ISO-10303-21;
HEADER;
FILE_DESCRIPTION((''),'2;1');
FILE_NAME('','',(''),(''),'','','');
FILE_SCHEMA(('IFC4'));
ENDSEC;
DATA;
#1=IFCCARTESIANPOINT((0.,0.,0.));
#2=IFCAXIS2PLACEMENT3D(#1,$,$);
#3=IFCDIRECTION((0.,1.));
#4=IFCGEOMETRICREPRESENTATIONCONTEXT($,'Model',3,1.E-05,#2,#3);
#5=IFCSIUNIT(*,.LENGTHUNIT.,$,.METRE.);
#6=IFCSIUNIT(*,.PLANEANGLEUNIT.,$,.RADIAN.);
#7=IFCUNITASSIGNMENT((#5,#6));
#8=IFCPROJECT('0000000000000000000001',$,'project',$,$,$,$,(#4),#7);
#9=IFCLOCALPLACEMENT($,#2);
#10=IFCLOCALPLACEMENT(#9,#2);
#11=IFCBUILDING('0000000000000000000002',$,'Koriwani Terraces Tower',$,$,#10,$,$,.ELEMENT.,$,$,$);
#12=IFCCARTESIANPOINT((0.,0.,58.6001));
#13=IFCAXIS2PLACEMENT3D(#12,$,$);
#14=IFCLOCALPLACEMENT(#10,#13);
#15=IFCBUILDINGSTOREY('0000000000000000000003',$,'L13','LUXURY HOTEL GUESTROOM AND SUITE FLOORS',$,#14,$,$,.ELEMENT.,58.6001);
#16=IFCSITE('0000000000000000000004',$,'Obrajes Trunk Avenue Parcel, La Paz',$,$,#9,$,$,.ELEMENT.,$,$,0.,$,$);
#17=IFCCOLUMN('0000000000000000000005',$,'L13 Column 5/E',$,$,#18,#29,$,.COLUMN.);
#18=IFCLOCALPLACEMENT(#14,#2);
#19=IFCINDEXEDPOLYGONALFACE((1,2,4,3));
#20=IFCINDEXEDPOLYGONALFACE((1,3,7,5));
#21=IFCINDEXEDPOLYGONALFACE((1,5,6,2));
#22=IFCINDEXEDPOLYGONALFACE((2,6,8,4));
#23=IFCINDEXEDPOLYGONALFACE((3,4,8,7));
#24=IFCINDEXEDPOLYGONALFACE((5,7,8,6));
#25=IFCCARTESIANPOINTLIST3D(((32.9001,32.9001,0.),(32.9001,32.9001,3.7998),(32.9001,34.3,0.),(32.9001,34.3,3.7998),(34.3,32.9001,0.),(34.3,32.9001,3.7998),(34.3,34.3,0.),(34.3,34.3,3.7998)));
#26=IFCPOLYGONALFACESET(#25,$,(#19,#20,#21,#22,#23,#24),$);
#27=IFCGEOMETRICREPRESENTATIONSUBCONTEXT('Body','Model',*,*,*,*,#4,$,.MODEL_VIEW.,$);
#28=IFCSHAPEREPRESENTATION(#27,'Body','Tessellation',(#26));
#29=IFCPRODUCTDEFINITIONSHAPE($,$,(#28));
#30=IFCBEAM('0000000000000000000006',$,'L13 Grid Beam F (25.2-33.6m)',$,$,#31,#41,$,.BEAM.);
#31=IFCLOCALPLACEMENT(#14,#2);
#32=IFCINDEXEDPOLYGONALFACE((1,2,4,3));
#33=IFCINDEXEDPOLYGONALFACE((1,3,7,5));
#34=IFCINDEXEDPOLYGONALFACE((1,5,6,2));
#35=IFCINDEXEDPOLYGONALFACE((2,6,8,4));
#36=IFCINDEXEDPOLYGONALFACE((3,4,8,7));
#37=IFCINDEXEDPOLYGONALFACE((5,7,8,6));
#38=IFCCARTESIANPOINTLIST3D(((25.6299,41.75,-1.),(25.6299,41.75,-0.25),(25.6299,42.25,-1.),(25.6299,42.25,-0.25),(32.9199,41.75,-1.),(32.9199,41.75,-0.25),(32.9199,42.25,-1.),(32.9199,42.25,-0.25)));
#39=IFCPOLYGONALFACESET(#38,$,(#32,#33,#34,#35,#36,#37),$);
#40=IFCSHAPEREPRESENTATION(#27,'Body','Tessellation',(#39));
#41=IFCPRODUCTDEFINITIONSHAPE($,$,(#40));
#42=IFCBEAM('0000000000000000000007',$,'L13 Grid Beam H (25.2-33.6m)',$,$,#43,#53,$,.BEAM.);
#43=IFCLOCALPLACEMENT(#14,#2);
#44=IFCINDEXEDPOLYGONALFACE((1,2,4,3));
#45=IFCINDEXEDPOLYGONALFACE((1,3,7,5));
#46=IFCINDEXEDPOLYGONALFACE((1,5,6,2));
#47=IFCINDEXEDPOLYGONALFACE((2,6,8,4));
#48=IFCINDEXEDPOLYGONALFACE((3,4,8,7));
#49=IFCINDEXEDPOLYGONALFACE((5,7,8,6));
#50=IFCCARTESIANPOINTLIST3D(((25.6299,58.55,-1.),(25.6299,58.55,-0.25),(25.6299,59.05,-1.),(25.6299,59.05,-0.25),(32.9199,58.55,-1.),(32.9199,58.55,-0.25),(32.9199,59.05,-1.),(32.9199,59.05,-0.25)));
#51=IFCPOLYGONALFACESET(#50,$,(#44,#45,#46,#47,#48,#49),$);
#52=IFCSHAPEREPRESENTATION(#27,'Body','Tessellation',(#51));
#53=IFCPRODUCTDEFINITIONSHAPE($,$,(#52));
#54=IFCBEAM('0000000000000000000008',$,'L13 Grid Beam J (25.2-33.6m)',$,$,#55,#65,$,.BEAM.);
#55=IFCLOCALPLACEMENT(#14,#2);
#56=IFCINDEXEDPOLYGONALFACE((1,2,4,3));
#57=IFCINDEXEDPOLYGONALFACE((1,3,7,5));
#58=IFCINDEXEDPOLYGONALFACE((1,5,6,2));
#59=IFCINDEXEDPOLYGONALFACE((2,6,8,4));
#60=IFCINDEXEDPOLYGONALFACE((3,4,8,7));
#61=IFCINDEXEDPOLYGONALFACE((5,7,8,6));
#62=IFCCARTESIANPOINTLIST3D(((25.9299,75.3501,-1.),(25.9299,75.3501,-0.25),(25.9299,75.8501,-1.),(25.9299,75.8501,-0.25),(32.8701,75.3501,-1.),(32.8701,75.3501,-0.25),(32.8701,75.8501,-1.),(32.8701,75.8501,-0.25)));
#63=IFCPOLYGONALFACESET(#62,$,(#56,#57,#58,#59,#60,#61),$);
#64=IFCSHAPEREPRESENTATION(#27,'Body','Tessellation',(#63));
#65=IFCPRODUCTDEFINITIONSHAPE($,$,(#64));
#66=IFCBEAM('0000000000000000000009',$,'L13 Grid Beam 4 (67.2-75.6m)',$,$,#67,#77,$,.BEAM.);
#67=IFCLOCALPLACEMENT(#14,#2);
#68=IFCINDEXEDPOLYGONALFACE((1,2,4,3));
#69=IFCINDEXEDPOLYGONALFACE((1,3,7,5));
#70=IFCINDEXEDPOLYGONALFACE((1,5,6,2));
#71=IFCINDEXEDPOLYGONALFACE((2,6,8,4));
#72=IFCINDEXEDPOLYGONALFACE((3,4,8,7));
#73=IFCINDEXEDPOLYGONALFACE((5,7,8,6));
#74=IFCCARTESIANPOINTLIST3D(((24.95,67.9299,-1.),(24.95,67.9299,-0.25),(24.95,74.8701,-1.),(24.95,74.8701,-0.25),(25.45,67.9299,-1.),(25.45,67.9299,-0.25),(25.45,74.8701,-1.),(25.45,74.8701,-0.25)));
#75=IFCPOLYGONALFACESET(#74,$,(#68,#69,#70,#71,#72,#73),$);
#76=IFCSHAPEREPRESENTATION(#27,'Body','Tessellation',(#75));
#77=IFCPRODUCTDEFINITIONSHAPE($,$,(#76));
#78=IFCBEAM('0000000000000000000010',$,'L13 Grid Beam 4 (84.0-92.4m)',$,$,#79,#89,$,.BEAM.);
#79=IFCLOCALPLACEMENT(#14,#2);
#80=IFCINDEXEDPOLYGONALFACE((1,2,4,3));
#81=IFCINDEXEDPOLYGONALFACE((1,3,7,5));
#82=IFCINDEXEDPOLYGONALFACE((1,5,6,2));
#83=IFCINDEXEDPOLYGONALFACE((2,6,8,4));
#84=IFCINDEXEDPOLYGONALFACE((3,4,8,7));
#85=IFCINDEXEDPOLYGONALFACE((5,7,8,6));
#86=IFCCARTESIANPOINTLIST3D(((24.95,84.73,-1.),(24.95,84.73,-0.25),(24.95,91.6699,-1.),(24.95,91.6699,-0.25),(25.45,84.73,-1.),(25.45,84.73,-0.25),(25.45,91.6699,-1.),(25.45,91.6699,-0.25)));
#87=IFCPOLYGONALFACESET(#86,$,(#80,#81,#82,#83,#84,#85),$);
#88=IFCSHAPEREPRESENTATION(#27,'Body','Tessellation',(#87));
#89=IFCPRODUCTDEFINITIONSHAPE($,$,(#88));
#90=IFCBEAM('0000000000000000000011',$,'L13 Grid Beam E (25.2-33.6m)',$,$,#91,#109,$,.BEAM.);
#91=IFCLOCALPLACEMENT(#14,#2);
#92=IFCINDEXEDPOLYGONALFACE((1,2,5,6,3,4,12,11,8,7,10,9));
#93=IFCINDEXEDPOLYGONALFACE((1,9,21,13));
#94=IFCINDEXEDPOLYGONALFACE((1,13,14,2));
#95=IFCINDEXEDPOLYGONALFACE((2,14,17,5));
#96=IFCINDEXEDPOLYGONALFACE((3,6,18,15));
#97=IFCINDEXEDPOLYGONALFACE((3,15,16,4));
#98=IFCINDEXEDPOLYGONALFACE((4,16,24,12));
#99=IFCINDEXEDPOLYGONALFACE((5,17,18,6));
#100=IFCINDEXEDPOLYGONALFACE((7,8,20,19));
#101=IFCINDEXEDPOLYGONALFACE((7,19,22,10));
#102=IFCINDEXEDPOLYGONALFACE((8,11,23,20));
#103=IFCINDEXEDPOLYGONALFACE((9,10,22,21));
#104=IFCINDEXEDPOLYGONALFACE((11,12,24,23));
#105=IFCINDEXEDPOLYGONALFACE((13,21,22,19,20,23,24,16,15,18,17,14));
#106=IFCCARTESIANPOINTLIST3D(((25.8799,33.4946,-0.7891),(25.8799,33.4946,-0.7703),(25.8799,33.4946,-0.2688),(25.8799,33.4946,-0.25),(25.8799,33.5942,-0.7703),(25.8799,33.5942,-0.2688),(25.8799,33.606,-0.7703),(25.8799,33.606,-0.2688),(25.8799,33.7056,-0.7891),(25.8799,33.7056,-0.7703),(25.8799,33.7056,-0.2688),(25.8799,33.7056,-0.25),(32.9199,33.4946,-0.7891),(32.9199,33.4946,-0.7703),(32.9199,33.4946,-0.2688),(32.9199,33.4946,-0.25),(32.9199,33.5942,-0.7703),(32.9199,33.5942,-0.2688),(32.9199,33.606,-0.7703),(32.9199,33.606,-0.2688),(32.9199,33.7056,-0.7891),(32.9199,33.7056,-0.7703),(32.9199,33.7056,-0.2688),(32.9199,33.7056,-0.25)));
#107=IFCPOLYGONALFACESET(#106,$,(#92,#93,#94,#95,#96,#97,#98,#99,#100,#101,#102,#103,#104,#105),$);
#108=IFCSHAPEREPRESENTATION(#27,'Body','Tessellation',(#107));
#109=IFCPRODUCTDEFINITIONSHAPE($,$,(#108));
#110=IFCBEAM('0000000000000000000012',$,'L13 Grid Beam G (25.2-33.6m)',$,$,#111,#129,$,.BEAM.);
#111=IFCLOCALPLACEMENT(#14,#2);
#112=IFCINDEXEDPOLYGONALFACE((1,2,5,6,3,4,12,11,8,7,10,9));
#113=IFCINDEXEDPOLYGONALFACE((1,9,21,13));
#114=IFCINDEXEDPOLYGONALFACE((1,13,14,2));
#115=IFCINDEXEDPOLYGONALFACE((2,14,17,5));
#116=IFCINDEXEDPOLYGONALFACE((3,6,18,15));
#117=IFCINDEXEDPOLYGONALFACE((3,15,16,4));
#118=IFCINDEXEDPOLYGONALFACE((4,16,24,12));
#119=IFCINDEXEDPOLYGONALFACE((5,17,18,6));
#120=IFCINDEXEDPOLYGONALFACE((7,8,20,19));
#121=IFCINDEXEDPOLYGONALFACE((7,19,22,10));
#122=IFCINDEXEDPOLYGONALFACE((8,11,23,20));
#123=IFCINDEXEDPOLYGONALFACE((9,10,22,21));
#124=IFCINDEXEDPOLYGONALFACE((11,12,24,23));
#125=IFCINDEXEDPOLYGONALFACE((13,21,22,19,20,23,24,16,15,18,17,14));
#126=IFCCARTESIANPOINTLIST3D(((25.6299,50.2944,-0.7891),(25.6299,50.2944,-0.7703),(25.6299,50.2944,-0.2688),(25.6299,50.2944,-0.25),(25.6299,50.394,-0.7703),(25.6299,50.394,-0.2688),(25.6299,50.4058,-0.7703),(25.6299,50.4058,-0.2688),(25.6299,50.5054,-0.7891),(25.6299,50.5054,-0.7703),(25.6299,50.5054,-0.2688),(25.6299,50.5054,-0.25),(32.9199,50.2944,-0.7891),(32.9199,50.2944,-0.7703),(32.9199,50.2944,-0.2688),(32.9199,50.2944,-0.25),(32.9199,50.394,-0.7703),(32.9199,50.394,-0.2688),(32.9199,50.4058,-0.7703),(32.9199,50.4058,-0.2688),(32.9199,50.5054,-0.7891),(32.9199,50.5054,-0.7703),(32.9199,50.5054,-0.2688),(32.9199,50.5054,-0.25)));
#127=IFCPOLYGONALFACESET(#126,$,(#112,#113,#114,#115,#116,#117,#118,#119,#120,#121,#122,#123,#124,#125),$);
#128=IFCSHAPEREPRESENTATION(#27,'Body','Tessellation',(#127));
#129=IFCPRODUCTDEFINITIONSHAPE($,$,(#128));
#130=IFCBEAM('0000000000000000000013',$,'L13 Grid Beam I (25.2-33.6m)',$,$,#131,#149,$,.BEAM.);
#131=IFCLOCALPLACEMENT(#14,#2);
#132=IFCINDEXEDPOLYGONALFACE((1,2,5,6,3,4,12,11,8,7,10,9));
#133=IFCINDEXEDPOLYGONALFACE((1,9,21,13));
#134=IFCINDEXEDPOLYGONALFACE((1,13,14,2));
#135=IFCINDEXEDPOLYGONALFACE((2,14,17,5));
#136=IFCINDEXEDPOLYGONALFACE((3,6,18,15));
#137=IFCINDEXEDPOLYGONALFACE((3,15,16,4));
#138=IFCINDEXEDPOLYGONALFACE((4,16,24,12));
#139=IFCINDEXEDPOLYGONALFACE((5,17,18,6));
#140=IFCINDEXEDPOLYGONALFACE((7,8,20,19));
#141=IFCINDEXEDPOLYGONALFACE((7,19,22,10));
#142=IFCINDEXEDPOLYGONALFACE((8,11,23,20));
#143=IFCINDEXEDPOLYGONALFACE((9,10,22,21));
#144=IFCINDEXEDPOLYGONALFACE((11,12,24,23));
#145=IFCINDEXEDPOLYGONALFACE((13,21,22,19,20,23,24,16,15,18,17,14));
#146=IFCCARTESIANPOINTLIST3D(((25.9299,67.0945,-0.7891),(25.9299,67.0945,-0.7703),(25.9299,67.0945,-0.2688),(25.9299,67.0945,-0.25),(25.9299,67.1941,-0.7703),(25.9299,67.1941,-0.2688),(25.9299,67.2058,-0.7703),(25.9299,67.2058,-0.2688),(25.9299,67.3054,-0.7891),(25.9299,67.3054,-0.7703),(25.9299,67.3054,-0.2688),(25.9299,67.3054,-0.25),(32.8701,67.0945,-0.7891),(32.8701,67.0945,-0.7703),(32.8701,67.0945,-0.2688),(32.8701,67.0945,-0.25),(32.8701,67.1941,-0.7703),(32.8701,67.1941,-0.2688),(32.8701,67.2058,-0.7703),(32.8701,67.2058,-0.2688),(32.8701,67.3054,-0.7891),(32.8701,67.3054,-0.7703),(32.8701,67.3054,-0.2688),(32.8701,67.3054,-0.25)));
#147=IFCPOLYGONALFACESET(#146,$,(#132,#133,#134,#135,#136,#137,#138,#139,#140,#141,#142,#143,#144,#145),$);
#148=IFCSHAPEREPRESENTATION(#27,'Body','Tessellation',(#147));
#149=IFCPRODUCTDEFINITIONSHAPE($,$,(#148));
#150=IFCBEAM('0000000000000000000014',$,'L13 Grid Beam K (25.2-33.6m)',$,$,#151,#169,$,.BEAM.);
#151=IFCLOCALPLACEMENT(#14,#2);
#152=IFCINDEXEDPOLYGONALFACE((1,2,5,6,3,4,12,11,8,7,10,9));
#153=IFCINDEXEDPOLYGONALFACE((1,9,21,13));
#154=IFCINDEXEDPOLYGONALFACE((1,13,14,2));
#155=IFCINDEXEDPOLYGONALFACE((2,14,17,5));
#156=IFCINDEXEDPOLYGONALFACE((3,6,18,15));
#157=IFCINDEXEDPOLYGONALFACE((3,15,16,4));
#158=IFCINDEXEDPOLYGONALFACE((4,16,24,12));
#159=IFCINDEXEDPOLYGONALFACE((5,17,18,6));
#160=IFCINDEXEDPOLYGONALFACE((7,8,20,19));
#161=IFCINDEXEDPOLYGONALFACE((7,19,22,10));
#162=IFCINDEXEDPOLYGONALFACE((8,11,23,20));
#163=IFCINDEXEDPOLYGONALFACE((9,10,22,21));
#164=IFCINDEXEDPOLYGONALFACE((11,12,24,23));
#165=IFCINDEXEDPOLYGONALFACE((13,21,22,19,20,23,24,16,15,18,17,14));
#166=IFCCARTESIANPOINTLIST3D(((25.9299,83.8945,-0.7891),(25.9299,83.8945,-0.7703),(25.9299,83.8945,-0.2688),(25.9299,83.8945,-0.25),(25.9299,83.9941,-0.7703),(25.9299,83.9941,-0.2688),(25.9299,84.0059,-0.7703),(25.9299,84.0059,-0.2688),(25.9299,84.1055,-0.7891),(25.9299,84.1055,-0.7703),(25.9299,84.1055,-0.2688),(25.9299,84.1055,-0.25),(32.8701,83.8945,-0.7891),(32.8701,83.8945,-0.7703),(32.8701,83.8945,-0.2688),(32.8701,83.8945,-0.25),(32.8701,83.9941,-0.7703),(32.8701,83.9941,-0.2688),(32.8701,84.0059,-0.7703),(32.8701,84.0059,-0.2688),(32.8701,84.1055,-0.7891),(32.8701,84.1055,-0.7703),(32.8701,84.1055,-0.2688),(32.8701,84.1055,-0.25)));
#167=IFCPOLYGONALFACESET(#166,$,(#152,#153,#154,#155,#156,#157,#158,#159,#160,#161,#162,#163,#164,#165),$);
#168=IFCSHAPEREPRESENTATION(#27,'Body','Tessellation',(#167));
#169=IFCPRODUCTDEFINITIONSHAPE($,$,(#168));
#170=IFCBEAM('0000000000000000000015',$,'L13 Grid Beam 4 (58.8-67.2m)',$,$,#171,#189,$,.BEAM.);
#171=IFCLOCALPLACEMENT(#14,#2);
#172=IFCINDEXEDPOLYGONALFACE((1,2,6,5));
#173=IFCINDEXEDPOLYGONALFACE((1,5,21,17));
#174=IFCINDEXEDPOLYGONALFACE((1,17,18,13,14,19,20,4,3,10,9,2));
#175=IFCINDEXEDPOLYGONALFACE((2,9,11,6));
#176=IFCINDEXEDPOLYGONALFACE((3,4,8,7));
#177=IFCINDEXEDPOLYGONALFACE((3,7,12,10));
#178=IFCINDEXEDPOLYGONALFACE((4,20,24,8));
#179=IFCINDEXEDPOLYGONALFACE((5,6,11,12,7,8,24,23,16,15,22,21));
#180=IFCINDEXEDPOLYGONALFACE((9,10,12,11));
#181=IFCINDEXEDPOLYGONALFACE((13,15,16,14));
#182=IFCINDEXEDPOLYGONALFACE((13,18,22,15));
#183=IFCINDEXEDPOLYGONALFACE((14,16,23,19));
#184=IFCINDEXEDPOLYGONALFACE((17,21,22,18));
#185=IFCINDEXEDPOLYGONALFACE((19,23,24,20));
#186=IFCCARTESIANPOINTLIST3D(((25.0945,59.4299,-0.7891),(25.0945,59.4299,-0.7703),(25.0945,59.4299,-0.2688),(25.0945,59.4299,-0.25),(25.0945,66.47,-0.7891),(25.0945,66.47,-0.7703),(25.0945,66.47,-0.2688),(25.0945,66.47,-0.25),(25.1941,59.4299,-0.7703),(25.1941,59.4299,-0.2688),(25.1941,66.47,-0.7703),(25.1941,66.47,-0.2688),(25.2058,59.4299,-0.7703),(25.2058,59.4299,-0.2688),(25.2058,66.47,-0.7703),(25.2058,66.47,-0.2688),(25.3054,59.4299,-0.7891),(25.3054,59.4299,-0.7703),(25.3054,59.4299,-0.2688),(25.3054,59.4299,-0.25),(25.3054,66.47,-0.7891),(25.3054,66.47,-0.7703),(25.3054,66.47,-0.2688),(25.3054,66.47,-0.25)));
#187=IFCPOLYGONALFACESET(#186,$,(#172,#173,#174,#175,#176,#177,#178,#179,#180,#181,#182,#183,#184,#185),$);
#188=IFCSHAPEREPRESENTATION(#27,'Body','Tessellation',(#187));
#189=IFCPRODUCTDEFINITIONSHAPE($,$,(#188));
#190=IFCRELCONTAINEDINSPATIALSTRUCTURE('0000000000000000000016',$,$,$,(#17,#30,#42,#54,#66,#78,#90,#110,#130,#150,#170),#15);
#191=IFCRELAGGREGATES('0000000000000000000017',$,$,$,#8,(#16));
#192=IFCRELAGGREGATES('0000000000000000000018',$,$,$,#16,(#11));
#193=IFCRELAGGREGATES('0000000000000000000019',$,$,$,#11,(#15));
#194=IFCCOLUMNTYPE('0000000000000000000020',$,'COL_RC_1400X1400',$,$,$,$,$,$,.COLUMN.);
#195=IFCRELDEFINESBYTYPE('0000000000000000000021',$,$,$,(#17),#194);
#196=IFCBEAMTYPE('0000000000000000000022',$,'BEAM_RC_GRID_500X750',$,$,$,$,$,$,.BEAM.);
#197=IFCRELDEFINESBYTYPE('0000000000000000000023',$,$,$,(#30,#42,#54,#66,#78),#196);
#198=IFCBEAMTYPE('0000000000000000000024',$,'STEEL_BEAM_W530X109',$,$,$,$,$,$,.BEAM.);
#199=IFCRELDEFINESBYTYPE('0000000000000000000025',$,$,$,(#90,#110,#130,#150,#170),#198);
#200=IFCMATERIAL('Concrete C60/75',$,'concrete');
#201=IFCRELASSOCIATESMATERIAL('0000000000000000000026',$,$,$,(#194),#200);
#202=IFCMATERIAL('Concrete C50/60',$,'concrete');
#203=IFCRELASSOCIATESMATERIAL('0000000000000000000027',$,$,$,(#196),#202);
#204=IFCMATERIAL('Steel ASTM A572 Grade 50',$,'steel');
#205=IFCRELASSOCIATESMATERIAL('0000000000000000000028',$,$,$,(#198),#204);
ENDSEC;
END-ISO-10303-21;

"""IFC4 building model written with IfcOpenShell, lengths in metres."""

from ifc_helpers import new_model, si_unit, direction, frame, origin, origin_2d, place, context, subcontext, project, spatial, rectangle, i_section, extrude, material, material_profile, profile_set, type_object, element, save


model = new_model("IFC4")

# Units and contexts
model_context = context("Model", 3, precision=1e-05, world=origin(), true_north=direction((0.0, 1.0)))
body_context = subcontext(model_context, "Body", "Model", "MODEL_VIEW")
ifc_project = project(units=[si_unit("LENGTHUNIT", "METRE"), si_unit("PLANEANGLEUNIT", "RADIAN")], contexts=[model_context])

# Site, building, storey
site_placement = place(None, origin())
site = spatial("IfcSite", under=ifc_project, at=site_placement, Name="Obrajes Trunk Avenue Parcel, La Paz", CompositionType="ELEMENT", RefElevation=0.0)
building_placement = place(site_placement, origin())
building = spatial("IfcBuilding", under=site, at=building_placement, Name="Koriwani Terraces Tower", CompositionType="ELEMENT")
storey_placement = place(building_placement, frame((0.0, 0.0, 58.6001)))
storey = spatial("IfcBuildingStorey", under=building, at=storey_placement, Name="L13", Description="LUXURY HOTEL GUESTROOM AND SUITE FLOORS", CompositionType="ELEMENT", Elevation=58.6001)

# Column
ifc_material_1 = material(Name="Concrete C60/75", Category="concrete")
ifc_material_profile_1 = material_profile(ifc_material_1, rectangle(XDim=1.3999, YDim=1.3999, at=origin_2d()), Name="Concrete C60/75", Category="LoadBearing")
ifc_profile_set_1 = profile_set([ifc_material_profile_1], Name="Concrete C60/75")
column_type = type_object("IfcColumnType", Name="COL_RC_1400X1400", PredefinedType="COLUMN", material=ifc_profile_set_1)
column_placement = place(storey_placement, frame((33.6001, 33.6001, 0.0), z_axis=(0.0, 0.0, 1.0), x_axis=(1.0, 0.0, 0.0)))
element("IfcColumn", 1, at=column_placement, inside=storey, type_object=column_type, Name="L13 Column 5/E", PredefinedType="COLUMN", context=body_context, shape_type="SweptSolid", body=[
    extrude(rectangle(XDim=1.3999, YDim=1.3999, at=origin_2d()), origin(), (0.0, 0.0, 1.0), 3.7998),
])

# Beams
ifc_material_2 = material(Name="Concrete C50/60", Category="concrete")
ifc_material_profile_2 = material_profile(ifc_material_2, rectangle(XDim=0.5, YDim=0.75, at=origin_2d()), Name="Concrete C50/60", Category="LoadBearing")
ifc_profile_set_2 = profile_set([ifc_material_profile_2], Name="Concrete C50/60")
beam_type_1 = type_object("IfcBeamType", Name="BEAM_RC_GRID_500X750", PredefinedType="BEAM", material=ifc_profile_set_2)
for number, where, z_axis, x_axis, name in (
    (2, (25.6299, 42.0, -0.625), (1.0, 0.0, 0.0), (0.0, 1.0, 0.0), "L13 Grid Beam F (25.2-33.6m)"),
    (3, (25.6299, 58.8, -0.625), (1.0, 0.0, 0.0), (0.0, 1.0, 0.0), "L13 Grid Beam H (25.2-33.6m)"),
):
    element("IfcBeam", number, at=place(storey_placement, frame(where, z_axis=z_axis, x_axis=x_axis)), inside=storey, type_object=beam_type_1, Name=name, PredefinedType="BEAM", context=body_context, shape_type="SweptSolid", body=[
        extrude(rectangle(XDim=0.5, YDim=0.75, at=origin_2d()), origin(), (0.0, 0.0, 1.0), 7.29),
    ])
for number, where, z_axis, x_axis, name in (
    (4, (25.9299, 75.6001, -0.625), (1.0, 0.0, 0.0), (0.0, 1.0, 0.0), "L13 Grid Beam J (25.2-33.6m)"),
    (5, (25.2, 67.9299, -0.625), (0.0, 1.0, 0.0), (-1.0, 0.0, 0.0), "L13 Grid Beam 4 (67.2-75.6m)"),
):
    element("IfcBeam", number, at=place(storey_placement, frame(where, z_axis=z_axis, x_axis=x_axis)), inside=storey, type_object=beam_type_1, Name=name, PredefinedType="BEAM", context=body_context, shape_type="SweptSolid", body=[
        extrude(rectangle(XDim=0.5, YDim=0.75, at=origin_2d()), origin(), (0.0, 0.0, 1.0), 6.9402),
    ])
beam_1_placement = place(storey_placement, frame((25.2, 84.73, -0.625), z_axis=(0.0, 1.0, 0.0), x_axis=(-1.0, 0.0, 0.0)))
element("IfcBeam", 6, at=beam_1_placement, inside=storey, type_object=beam_type_1, Name="L13 Grid Beam 4 (84.0-92.4m)", PredefinedType="BEAM", context=body_context, shape_type="SweptSolid", body=[
    extrude(rectangle(XDim=0.5, YDim=0.75, at=origin_2d()), origin(), (0.0, 0.0, 1.0), 6.9399),
])
ifc_material_3 = material(Name="Steel ASTM A572 Grade 50", Category="steel")
ifc_material_profile_3 = material_profile(ifc_material_3, i_section(OverallWidth=0.2109, OverallDepth=0.5391, WebThickness=0.0117, FlangeThickness=0.0188, at=origin_2d()), Name="Steel ASTM A572 Grade 50", Category="LoadBearing")
ifc_profile_set_3 = profile_set([ifc_material_profile_3], Name="Steel ASTM A572 Grade 50")
beam_type_2 = type_object("IfcBeamType", Name="STEEL_BEAM_W530X109", PredefinedType="BEAM", material=ifc_profile_set_3)
beam_2_placement = place(storey_placement, frame((25.8799, 33.6001, -0.5195), z_axis=(1.0, 0.0, 0.0), x_axis=(0.0, 1.0, 0.0)))
element("IfcBeam", 7, at=beam_2_placement, inside=storey, type_object=beam_type_2, Name="L13 Grid Beam E (25.2-33.6m)", PredefinedType="BEAM", context=body_context, shape_type="SweptSolid", body=[
    extrude(i_section(OverallWidth=0.2109, OverallDepth=0.5391, WebThickness=0.0117, FlangeThickness=0.0188, at=origin_2d()), origin(), (0.0, 0.0, 1.0), 7.04),
])
beam_3_placement = place(storey_placement, frame((25.6299, 50.3999, -0.5195), z_axis=(1.0, 0.0, 0.0), x_axis=(0.0, 1.0, 0.0)))
element("IfcBeam", 8, at=beam_3_placement, inside=storey, type_object=beam_type_2, Name="L13 Grid Beam G (25.2-33.6m)", PredefinedType="BEAM", context=body_context, shape_type="SweptSolid", body=[
    extrude(i_section(OverallWidth=0.2109, OverallDepth=0.5391, WebThickness=0.0117, FlangeThickness=0.0188, at=origin_2d()), origin(), (0.0, 0.0, 1.0), 7.29),
])
for number, where, z_axis, x_axis, name in (
    (9, (25.9299, 67.2, -0.5195), (1.0, 0.0, 0.0), (0.0, 1.0, 0.0), "L13 Grid Beam I (25.2-33.6m)"),
    (10, (25.9299, 84.0, -0.5195), (1.0, 0.0, 0.0), (0.0, 1.0, 0.0), "L13 Grid Beam K (25.2-33.6m)"),
):
    element("IfcBeam", number, at=place(storey_placement, frame(where, z_axis=z_axis, x_axis=x_axis)), inside=storey, type_object=beam_type_2, Name=name, PredefinedType="BEAM", context=body_context, shape_type="SweptSolid", body=[
        extrude(i_section(OverallWidth=0.2109, OverallDepth=0.5391, WebThickness=0.0117, FlangeThickness=0.0188, at=origin_2d()), origin(), (0.0, 0.0, 1.0), 6.9402),
    ])
beam_4_placement = place(storey_placement, frame((25.2, 59.4299, -0.5195), z_axis=(0.0, 1.0, 0.0), x_axis=(-1.0, 0.0, 0.0)))
element("IfcBeam", 11, at=beam_4_placement, inside=storey, type_object=beam_type_2, Name="L13 Grid Beam 4 (58.8-67.2m)", PredefinedType="BEAM", context=body_context, shape_type="SweptSolid", body=[
    extrude(i_section(OverallWidth=0.2109, OverallDepth=0.5391, WebThickness=0.0117, FlangeThickness=0.0188, at=origin_2d()), origin(), (0.0, 0.0, 1.0), 7.04),
])

save(model, "model.ifc")
